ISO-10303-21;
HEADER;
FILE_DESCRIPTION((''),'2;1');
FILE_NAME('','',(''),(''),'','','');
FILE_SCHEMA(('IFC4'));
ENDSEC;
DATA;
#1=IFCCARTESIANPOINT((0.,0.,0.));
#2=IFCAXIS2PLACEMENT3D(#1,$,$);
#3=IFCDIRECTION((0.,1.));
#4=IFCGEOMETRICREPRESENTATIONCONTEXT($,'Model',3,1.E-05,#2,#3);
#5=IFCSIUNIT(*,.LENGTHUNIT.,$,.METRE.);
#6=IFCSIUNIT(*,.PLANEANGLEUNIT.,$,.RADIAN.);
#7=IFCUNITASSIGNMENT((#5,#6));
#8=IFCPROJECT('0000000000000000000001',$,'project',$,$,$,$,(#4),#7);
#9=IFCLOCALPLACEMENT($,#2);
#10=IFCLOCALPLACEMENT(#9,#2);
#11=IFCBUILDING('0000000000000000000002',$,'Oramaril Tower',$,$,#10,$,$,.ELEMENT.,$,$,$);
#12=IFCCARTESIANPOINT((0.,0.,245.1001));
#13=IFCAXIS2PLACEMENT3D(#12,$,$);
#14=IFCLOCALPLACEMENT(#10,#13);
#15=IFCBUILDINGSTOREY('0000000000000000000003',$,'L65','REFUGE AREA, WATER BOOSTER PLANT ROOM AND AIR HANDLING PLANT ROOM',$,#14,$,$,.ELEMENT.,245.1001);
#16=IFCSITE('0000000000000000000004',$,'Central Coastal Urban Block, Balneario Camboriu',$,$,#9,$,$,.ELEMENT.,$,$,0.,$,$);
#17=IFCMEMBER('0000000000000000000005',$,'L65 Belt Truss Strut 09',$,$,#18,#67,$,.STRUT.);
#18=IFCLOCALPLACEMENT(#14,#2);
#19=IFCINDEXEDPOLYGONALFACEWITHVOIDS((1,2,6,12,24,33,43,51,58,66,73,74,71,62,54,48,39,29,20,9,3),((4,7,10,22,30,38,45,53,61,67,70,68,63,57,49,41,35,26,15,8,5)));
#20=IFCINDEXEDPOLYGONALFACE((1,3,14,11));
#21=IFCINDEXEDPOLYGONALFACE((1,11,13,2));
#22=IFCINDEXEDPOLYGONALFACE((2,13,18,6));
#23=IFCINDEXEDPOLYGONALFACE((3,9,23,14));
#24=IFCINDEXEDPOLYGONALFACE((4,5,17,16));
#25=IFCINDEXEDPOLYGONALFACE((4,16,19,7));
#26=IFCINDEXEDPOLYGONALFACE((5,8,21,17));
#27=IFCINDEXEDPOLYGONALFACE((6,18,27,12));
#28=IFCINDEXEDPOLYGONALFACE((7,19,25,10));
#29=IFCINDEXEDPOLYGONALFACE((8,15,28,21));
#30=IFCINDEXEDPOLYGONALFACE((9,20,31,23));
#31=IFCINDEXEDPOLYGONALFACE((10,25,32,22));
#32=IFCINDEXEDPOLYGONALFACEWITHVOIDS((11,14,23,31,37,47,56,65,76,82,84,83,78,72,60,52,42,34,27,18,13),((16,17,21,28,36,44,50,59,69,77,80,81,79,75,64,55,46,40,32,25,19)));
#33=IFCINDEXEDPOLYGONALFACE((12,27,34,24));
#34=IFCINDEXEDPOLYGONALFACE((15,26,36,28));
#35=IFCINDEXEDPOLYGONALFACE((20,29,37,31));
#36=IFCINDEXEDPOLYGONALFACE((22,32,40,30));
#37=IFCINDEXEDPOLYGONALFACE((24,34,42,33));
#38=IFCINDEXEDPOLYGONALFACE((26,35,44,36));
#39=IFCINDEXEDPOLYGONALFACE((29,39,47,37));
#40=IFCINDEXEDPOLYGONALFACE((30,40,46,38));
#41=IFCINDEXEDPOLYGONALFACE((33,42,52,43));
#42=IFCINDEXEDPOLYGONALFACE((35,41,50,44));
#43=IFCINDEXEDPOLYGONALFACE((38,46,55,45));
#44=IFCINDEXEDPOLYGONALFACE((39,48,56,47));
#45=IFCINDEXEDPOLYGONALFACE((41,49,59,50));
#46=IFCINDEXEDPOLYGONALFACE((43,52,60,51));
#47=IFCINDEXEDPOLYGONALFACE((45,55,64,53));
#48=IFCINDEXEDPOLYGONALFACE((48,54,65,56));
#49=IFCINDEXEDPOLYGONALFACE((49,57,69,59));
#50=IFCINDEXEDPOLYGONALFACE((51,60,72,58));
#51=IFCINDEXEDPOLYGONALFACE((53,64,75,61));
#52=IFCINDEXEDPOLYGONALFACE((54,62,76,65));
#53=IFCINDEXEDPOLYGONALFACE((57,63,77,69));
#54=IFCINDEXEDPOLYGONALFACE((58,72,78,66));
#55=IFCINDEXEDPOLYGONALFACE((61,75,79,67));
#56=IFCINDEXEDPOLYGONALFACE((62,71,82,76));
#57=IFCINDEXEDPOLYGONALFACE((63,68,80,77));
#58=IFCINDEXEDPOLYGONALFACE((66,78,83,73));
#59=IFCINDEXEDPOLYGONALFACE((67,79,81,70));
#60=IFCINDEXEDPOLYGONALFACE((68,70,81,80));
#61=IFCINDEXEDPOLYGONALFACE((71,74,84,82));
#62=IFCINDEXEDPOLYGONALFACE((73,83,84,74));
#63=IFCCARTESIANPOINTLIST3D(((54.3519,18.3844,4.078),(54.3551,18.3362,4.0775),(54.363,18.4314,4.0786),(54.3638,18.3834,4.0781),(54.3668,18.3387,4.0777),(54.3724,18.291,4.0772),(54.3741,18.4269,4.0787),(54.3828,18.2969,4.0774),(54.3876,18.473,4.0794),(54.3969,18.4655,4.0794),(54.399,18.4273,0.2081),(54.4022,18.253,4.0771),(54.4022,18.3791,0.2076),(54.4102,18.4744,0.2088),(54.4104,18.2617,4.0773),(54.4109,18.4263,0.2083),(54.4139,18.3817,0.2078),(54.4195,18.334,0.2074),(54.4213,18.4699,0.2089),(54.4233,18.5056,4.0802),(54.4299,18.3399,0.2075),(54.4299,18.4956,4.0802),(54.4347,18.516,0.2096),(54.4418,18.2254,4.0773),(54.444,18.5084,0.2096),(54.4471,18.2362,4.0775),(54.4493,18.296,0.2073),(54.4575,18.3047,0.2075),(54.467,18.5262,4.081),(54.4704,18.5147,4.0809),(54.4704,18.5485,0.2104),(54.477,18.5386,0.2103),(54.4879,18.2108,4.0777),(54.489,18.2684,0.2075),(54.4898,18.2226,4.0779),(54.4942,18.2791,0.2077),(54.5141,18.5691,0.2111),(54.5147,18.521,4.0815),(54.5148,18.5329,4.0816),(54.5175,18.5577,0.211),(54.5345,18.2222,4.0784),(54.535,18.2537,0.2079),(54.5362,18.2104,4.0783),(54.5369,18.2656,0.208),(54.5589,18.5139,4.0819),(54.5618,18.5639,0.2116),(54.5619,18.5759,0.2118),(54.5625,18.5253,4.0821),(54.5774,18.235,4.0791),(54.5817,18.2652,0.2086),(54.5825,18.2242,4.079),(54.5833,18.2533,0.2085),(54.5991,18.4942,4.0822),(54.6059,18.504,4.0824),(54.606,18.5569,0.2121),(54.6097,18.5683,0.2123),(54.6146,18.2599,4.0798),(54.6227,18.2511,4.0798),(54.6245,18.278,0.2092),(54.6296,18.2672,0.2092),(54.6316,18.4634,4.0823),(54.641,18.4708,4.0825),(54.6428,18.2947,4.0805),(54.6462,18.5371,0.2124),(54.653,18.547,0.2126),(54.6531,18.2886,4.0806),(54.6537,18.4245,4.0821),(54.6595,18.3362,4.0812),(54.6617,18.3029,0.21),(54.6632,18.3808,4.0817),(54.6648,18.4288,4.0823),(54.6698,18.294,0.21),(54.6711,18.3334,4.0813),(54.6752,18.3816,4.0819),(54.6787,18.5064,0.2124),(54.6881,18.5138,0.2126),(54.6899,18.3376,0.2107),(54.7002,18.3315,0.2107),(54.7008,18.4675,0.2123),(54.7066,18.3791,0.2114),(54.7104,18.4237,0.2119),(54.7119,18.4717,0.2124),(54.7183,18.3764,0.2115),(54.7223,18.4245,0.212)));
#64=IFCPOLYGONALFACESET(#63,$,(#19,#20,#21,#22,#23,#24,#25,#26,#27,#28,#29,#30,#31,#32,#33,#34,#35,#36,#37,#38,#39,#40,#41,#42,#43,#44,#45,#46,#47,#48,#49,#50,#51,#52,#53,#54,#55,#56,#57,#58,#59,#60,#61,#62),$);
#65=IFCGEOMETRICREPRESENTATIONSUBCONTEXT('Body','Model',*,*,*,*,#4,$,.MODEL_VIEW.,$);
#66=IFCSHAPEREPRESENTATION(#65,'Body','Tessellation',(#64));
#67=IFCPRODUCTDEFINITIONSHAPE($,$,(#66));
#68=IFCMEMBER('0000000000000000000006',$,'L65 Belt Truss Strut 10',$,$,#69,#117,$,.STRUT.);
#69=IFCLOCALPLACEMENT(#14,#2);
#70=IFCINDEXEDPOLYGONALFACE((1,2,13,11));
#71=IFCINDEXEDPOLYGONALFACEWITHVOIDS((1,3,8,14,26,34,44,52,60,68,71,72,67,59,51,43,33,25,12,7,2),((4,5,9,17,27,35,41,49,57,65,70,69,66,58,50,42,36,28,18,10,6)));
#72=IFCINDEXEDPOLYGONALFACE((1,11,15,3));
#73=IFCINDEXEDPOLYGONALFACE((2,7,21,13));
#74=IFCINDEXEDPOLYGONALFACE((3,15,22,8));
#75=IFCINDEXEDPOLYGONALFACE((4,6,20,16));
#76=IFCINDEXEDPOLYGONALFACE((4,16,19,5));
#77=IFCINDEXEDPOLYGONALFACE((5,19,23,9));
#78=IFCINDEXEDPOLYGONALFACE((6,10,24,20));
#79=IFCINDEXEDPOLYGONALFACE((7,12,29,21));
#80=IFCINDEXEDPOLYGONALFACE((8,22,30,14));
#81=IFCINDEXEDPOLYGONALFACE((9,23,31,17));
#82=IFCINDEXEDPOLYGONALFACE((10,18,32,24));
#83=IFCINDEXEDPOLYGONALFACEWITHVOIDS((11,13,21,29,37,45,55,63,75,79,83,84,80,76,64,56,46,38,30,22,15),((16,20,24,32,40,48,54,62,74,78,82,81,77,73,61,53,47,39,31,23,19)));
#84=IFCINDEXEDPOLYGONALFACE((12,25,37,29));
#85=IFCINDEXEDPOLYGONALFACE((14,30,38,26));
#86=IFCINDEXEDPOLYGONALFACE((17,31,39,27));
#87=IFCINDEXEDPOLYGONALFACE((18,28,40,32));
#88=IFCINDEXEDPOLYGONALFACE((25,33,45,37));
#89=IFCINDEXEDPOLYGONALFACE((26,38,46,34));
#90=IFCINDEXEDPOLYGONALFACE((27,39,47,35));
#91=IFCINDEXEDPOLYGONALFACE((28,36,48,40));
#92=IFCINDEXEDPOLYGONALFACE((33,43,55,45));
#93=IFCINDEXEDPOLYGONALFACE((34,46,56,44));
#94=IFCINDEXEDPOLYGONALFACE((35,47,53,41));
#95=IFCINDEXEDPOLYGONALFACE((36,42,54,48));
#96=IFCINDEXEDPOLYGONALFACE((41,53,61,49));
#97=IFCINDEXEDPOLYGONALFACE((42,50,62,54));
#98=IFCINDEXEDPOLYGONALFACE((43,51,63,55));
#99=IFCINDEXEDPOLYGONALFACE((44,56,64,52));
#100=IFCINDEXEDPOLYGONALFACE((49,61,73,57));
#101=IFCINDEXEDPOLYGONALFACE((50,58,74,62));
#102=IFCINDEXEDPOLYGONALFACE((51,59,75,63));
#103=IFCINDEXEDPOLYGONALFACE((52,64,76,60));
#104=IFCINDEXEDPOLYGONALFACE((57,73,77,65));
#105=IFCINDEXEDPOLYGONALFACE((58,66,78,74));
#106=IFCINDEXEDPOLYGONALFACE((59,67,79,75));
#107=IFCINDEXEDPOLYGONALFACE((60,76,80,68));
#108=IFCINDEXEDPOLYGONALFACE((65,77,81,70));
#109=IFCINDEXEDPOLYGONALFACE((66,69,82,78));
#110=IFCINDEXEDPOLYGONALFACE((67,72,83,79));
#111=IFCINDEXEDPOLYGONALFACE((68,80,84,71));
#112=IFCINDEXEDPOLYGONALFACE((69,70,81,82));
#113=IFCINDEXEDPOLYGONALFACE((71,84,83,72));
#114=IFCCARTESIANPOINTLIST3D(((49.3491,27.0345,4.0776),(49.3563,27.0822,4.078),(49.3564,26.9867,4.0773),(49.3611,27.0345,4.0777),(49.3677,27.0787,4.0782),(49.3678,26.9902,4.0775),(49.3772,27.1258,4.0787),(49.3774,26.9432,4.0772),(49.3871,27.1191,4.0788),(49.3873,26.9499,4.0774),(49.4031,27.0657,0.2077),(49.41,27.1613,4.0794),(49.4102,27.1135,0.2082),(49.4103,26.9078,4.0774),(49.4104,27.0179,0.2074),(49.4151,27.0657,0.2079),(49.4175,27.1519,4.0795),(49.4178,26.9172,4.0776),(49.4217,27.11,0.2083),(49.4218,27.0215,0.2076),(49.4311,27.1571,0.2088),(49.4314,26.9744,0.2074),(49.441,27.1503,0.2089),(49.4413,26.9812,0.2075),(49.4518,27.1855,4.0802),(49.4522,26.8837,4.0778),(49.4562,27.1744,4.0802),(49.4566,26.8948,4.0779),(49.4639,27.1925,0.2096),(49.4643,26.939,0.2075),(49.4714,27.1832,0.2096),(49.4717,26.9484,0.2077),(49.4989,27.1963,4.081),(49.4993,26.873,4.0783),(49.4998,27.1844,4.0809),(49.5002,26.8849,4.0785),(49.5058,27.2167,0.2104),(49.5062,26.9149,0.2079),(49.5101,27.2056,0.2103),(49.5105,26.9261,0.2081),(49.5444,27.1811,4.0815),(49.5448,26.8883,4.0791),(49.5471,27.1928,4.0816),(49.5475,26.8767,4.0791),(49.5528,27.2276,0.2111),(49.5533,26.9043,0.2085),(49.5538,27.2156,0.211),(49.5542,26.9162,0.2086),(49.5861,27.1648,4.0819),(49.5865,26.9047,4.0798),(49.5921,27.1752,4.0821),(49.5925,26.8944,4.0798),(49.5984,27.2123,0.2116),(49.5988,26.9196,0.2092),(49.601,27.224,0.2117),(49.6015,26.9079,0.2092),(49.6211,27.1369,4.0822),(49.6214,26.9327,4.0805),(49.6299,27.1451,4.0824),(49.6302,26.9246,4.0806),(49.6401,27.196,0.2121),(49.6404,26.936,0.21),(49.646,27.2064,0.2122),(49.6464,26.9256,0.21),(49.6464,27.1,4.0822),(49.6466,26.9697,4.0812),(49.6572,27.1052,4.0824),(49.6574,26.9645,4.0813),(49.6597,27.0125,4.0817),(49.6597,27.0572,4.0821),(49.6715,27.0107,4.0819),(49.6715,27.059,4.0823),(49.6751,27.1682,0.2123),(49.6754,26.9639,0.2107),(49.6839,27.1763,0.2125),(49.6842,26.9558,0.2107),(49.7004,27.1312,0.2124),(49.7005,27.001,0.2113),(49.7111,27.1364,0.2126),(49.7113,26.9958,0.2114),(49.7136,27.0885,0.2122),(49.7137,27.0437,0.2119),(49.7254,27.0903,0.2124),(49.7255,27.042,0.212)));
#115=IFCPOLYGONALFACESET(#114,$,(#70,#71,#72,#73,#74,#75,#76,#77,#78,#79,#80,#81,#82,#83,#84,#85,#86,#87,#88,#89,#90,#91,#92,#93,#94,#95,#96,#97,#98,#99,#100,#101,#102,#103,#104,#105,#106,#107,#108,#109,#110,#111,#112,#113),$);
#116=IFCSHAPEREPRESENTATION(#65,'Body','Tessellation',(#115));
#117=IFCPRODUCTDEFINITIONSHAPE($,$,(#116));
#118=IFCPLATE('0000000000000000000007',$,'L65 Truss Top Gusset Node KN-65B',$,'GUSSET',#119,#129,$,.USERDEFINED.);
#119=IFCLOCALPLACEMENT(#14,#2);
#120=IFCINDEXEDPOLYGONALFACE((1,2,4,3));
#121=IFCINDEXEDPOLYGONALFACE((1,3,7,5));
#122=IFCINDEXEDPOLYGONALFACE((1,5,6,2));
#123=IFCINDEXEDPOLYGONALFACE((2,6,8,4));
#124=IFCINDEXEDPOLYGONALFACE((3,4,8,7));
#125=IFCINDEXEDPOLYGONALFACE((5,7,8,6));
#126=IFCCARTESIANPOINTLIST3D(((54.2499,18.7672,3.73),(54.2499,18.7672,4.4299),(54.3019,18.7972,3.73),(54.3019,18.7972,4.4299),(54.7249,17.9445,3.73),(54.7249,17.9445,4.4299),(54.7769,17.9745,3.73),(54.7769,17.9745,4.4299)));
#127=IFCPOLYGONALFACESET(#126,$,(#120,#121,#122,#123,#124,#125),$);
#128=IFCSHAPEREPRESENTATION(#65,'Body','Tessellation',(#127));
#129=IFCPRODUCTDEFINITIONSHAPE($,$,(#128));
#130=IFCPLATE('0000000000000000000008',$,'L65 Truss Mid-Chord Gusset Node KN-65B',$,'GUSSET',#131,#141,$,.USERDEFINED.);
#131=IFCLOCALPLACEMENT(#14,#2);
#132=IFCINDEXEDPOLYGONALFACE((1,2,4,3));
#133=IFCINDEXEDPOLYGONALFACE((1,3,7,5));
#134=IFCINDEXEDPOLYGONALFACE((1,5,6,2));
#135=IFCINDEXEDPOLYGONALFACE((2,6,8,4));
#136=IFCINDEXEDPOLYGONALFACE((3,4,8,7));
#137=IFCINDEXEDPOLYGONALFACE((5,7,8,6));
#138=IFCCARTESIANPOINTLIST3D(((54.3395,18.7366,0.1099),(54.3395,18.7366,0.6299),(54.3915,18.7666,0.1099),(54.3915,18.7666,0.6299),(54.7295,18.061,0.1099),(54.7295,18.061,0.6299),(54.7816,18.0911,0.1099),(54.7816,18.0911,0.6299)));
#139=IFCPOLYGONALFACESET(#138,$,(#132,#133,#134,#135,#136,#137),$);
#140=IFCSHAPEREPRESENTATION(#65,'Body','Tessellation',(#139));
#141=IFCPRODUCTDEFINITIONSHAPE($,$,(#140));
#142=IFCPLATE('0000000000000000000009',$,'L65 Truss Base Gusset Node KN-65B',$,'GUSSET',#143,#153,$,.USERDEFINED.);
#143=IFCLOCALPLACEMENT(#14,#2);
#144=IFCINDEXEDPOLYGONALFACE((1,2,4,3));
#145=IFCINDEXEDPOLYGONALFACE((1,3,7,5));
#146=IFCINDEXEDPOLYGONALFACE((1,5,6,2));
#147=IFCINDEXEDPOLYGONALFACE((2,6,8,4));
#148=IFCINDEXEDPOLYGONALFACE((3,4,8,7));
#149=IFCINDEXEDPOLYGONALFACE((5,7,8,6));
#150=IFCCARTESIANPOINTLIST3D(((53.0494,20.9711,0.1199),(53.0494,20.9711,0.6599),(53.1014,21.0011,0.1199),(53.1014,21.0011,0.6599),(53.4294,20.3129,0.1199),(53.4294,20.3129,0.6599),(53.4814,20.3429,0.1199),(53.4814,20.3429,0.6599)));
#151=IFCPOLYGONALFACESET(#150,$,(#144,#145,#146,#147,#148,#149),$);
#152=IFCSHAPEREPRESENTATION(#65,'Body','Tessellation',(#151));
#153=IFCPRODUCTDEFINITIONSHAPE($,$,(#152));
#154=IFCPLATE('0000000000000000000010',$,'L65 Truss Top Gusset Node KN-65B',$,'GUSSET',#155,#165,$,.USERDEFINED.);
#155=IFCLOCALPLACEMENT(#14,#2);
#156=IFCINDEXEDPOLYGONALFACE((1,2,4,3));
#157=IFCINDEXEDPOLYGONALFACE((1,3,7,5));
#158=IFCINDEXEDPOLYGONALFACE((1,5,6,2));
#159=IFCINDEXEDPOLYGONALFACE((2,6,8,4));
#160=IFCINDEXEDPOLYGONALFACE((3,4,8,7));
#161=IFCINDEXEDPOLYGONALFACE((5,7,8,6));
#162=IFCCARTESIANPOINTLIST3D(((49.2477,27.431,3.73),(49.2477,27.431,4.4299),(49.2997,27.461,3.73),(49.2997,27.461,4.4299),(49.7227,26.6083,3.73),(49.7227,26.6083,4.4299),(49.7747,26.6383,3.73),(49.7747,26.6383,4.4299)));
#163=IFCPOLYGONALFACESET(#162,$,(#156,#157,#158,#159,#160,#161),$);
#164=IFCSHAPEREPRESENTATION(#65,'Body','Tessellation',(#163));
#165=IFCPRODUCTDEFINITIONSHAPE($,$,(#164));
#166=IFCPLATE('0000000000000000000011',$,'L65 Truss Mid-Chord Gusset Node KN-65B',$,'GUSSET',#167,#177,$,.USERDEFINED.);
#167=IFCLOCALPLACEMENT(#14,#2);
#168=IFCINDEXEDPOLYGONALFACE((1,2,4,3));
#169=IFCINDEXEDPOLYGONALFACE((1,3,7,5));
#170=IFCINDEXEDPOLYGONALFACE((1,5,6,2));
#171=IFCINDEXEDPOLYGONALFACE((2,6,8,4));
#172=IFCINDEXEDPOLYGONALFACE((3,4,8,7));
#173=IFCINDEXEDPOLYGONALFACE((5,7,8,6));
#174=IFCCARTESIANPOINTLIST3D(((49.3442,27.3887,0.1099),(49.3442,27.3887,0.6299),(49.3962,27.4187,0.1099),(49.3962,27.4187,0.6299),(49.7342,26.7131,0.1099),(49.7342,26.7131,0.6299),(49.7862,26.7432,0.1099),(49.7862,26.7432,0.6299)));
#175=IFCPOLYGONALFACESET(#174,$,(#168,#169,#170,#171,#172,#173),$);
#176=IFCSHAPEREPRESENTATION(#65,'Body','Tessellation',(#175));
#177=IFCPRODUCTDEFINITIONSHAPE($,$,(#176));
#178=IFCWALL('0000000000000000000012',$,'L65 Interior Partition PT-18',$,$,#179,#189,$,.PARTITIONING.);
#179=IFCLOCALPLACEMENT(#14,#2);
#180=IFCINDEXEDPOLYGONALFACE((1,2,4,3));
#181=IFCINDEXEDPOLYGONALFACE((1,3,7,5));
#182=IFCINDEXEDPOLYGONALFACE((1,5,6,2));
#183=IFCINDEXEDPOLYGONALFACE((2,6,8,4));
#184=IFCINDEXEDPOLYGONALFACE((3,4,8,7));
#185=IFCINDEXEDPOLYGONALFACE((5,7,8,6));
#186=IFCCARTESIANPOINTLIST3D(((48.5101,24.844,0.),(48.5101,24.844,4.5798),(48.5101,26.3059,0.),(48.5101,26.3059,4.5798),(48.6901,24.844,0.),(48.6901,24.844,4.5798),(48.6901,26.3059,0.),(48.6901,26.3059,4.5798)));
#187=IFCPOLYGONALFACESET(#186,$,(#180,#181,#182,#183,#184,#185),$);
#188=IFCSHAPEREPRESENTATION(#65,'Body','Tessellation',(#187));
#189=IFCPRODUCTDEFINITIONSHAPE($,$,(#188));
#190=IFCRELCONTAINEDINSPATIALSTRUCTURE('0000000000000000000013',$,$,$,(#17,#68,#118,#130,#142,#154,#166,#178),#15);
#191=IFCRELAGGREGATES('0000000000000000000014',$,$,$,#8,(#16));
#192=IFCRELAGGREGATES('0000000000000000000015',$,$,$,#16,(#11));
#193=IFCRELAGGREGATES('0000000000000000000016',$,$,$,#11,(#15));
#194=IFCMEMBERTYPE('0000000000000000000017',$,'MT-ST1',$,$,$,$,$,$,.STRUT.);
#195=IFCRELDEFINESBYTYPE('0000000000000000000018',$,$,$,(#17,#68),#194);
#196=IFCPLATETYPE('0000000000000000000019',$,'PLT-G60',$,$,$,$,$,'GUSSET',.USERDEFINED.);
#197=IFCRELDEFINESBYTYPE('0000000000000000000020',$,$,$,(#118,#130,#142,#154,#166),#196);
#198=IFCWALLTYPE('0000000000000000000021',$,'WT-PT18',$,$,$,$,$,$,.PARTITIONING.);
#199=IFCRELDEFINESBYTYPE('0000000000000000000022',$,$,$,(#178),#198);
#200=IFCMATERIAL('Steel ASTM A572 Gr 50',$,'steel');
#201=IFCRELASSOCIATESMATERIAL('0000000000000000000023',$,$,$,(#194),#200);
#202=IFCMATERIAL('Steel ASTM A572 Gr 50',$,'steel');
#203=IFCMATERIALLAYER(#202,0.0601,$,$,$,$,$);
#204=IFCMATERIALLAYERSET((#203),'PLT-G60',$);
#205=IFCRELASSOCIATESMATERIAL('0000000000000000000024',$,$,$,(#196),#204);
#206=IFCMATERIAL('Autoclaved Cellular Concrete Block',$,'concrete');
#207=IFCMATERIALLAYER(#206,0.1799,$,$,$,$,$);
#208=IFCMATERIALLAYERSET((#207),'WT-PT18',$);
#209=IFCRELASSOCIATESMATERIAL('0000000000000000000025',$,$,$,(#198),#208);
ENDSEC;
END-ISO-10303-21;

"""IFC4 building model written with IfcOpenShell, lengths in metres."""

from ifc_helpers import new_model, si_unit, direction, frame, frame_2d, origin, origin_2d, place, context, subcontext, project, spatial, rectangle, hollow_circle, extrude, material, layer, layer_set, material_profile, profile_set, type_object, element, save


model = new_model("IFC4")

# Units and contexts
model_context = context("Model", 3, precision=1e-05, world=origin(), true_north=direction((0.0, 1.0)))
body_context = subcontext(model_context, "Body", "Model", "MODEL_VIEW")
ifc_project = project(units=[si_unit("LENGTHUNIT", "METRE"), si_unit("PLANEANGLEUNIT", "RADIAN")], contexts=[model_context])

# Site, building, storey
site_placement = place(None, origin())
site = spatial("IfcSite", under=ifc_project, at=site_placement, Name="Central Coastal Urban Block, Balneario Camboriu", CompositionType="ELEMENT", RefElevation=0.0)
building_placement = place(site_placement, origin())
building = spatial("IfcBuilding", under=site, at=building_placement, Name="Oramaril Tower", CompositionType="ELEMENT")
storey_placement = place(building_placement, frame((0.0, 0.0, 245.1001)))
storey = spatial("IfcBuildingStorey", under=building, at=storey_placement, Name="L65", Description="REFUGE AREA, WATER BOOSTER PLANT ROOM AND AIR HANDLING PLANT ROOM", CompositionType="ELEMENT", Elevation=245.1001)

# Members
ifc_material_1 = material(Name="Steel ASTM A572 Gr 50", Category="steel")
ifc_material_profile_1 = material_profile(ifc_material_1, hollow_circle(Radius=0.1621, WallThickness=0.012, at=origin_2d()), Name="CHS324X12")
ifc_profile_set_1 = profile_set([ifc_material_profile_1], Name="Steel ASTM A572 Gr 50")
member_type_1 = type_object("IfcMemberType", Name="MT-ST1", PredefinedType="STRUT", material=ifc_profile_set_1)
for number, where, z_axis, x_axis, name in (
    (1, (54.5605, 18.4138, 0.21), (-0.012174, -0.011102, 0.999864), (0.673815, -0.7389, 0.0), "L65 Belt Truss Strut 09"),
    (2, (49.5652, 27.0659, 0.21), (-0.013941, -0.008074, 0.99987), (0.501191, -0.865337, 0.0), "L65 Belt Truss Strut 10"),
):
    element("IfcMember", number, at=place(storey_placement, frame(where, z_axis=z_axis, x_axis=x_axis)), inside=storey, type_object=member_type_1, Name=name, PredefinedType="STRUT", context=body_context, shape_type="SweptSolid", body=[
        extrude(hollow_circle(Radius=0.1621, WallThickness=0.012, at=origin_2d()), origin(), (0.0, 0.0, 1.0), 3.8704),
    ])

# Plates
ifc_material_2 = material(Name="Steel ASTM A572 Gr 50", Category="steel")
ifc_layer_1 = layer(ifc_material_2, 0.0601)
ifc_layer_set_1 = layer_set([ifc_layer_1], Name="PLT-G60")
plate_type = type_object("IfcPlateType", Name="PLT-G60", ElementType="GUSSET", PredefinedType="USERDEFINED", material=ifc_layer_set_1)
plate_1_placement = place(storey_placement, frame((54.5134, 18.3708, 3.73), z_axis=(0.0, 0.0, 1.0), x_axis=(-0.499998, 0.866026, 0.0)))
element("IfcPlate", 3, at=plate_1_placement, inside=storey, type_object=plate_type, Name="L65 Truss Top Gusset Node KN-65B", ObjectType="GUSSET", PredefinedType="USERDEFINED", context=body_context, shape_type="SweptSolid", body=[
    extrude(rectangle(XDim=0.95, YDim=0.0601, at=origin_2d()), origin(), (0.0, 0.0, 1.0), 0.7),
])
plate_2_placement = place(storey_placement, frame((54.5605, 18.4138, 0.1099), z_axis=(0.0, 0.0, 1.0), x_axis=(-0.499998, 0.866026, 0.0)))
element("IfcPlate", 4, at=plate_2_placement, inside=storey, type_object=plate_type, Name="L65 Truss Mid-Chord Gusset Node KN-65B", ObjectType="GUSSET", PredefinedType="USERDEFINED", context=body_context, shape_type="SweptSolid", body=[
    extrude(rectangle(XDim=0.78, YDim=0.0601, at=origin_2d()), origin(), (0.0, 0.0, 1.0), 0.52),
])
plate_3_placement = place(storey_placement, frame((53.2654, 20.657, 0.1199), z_axis=(0.0, 0.0, 1.0), x_axis=(-0.499998, 0.866026, 0.0)))
element("IfcPlate", 5, at=plate_3_placement, inside=storey, type_object=plate_type, Name="L65 Truss Base Gusset Node KN-65B", ObjectType="GUSSET", PredefinedType="USERDEFINED", context=body_context, shape_type="SweptSolid", body=[
    extrude(rectangle(XDim=0.76, YDim=0.0601, at=origin_2d()), origin(), (0.0, 0.0, 1.0), 0.54),
])
plate_4_placement = place(storey_placement, frame((49.5112, 27.0347, 3.73), z_axis=(0.0, 0.0, 1.0), x_axis=(-0.500002, 0.866025, 0.0)))
element("IfcPlate", 6, at=plate_4_placement, inside=storey, type_object=plate_type, Name="L65 Truss Top Gusset Node KN-65B", ObjectType="GUSSET", PredefinedType="USERDEFINED", context=body_context, shape_type="SweptSolid", body=[
    extrude(rectangle(XDim=0.95, YDim=0.0601, at=origin_2d()), origin(), (0.0, 0.0, 1.0), 0.7),
])
plate_5_placement = place(storey_placement, frame((49.5652, 27.0659, 0.1099), z_axis=(0.0, 0.0, 1.0), x_axis=(-0.500002, 0.866025, 0.0)))
element("IfcPlate", 7, at=plate_5_placement, inside=storey, type_object=plate_type, Name="L65 Truss Mid-Chord Gusset Node KN-65B", ObjectType="GUSSET", PredefinedType="USERDEFINED", context=body_context, shape_type="SweptSolid", body=[
    extrude(rectangle(XDim=0.78, YDim=0.0601, at=origin_2d()), origin(), (0.0, 0.0, 1.0), 0.52),
])

# Wall
ifc_material_3 = material(Name="Autoclaved Cellular Concrete Block", Category="concrete")
ifc_layer_2 = layer(ifc_material_3, 0.1799)
ifc_layer_set_2 = layer_set([ifc_layer_2], Name="WT-PT18")
wall_type = type_object("IfcWallType", Name="WT-PT18", PredefinedType="PARTITIONING", material=ifc_layer_set_2)
wall_placement = place(storey_placement, frame((48.6001, 24.844, 0.0), z_axis=(0.0, 0.0, 1.0), x_axis=(0.0, 1.0, 0.0)))
element("IfcWall", 8, at=wall_placement, inside=storey, type_object=wall_type, Name="L65 Interior Partition PT-18", PredefinedType="PARTITIONING", context=body_context, shape_type="SweptSolid", body=[
    extrude(rectangle(XDim=1.4619, YDim=0.1799, at=frame_2d((0.731, 0.0))), origin(), (0.0, 0.0, 1.0), 4.5798),
])

save(model, "model.ifc")
